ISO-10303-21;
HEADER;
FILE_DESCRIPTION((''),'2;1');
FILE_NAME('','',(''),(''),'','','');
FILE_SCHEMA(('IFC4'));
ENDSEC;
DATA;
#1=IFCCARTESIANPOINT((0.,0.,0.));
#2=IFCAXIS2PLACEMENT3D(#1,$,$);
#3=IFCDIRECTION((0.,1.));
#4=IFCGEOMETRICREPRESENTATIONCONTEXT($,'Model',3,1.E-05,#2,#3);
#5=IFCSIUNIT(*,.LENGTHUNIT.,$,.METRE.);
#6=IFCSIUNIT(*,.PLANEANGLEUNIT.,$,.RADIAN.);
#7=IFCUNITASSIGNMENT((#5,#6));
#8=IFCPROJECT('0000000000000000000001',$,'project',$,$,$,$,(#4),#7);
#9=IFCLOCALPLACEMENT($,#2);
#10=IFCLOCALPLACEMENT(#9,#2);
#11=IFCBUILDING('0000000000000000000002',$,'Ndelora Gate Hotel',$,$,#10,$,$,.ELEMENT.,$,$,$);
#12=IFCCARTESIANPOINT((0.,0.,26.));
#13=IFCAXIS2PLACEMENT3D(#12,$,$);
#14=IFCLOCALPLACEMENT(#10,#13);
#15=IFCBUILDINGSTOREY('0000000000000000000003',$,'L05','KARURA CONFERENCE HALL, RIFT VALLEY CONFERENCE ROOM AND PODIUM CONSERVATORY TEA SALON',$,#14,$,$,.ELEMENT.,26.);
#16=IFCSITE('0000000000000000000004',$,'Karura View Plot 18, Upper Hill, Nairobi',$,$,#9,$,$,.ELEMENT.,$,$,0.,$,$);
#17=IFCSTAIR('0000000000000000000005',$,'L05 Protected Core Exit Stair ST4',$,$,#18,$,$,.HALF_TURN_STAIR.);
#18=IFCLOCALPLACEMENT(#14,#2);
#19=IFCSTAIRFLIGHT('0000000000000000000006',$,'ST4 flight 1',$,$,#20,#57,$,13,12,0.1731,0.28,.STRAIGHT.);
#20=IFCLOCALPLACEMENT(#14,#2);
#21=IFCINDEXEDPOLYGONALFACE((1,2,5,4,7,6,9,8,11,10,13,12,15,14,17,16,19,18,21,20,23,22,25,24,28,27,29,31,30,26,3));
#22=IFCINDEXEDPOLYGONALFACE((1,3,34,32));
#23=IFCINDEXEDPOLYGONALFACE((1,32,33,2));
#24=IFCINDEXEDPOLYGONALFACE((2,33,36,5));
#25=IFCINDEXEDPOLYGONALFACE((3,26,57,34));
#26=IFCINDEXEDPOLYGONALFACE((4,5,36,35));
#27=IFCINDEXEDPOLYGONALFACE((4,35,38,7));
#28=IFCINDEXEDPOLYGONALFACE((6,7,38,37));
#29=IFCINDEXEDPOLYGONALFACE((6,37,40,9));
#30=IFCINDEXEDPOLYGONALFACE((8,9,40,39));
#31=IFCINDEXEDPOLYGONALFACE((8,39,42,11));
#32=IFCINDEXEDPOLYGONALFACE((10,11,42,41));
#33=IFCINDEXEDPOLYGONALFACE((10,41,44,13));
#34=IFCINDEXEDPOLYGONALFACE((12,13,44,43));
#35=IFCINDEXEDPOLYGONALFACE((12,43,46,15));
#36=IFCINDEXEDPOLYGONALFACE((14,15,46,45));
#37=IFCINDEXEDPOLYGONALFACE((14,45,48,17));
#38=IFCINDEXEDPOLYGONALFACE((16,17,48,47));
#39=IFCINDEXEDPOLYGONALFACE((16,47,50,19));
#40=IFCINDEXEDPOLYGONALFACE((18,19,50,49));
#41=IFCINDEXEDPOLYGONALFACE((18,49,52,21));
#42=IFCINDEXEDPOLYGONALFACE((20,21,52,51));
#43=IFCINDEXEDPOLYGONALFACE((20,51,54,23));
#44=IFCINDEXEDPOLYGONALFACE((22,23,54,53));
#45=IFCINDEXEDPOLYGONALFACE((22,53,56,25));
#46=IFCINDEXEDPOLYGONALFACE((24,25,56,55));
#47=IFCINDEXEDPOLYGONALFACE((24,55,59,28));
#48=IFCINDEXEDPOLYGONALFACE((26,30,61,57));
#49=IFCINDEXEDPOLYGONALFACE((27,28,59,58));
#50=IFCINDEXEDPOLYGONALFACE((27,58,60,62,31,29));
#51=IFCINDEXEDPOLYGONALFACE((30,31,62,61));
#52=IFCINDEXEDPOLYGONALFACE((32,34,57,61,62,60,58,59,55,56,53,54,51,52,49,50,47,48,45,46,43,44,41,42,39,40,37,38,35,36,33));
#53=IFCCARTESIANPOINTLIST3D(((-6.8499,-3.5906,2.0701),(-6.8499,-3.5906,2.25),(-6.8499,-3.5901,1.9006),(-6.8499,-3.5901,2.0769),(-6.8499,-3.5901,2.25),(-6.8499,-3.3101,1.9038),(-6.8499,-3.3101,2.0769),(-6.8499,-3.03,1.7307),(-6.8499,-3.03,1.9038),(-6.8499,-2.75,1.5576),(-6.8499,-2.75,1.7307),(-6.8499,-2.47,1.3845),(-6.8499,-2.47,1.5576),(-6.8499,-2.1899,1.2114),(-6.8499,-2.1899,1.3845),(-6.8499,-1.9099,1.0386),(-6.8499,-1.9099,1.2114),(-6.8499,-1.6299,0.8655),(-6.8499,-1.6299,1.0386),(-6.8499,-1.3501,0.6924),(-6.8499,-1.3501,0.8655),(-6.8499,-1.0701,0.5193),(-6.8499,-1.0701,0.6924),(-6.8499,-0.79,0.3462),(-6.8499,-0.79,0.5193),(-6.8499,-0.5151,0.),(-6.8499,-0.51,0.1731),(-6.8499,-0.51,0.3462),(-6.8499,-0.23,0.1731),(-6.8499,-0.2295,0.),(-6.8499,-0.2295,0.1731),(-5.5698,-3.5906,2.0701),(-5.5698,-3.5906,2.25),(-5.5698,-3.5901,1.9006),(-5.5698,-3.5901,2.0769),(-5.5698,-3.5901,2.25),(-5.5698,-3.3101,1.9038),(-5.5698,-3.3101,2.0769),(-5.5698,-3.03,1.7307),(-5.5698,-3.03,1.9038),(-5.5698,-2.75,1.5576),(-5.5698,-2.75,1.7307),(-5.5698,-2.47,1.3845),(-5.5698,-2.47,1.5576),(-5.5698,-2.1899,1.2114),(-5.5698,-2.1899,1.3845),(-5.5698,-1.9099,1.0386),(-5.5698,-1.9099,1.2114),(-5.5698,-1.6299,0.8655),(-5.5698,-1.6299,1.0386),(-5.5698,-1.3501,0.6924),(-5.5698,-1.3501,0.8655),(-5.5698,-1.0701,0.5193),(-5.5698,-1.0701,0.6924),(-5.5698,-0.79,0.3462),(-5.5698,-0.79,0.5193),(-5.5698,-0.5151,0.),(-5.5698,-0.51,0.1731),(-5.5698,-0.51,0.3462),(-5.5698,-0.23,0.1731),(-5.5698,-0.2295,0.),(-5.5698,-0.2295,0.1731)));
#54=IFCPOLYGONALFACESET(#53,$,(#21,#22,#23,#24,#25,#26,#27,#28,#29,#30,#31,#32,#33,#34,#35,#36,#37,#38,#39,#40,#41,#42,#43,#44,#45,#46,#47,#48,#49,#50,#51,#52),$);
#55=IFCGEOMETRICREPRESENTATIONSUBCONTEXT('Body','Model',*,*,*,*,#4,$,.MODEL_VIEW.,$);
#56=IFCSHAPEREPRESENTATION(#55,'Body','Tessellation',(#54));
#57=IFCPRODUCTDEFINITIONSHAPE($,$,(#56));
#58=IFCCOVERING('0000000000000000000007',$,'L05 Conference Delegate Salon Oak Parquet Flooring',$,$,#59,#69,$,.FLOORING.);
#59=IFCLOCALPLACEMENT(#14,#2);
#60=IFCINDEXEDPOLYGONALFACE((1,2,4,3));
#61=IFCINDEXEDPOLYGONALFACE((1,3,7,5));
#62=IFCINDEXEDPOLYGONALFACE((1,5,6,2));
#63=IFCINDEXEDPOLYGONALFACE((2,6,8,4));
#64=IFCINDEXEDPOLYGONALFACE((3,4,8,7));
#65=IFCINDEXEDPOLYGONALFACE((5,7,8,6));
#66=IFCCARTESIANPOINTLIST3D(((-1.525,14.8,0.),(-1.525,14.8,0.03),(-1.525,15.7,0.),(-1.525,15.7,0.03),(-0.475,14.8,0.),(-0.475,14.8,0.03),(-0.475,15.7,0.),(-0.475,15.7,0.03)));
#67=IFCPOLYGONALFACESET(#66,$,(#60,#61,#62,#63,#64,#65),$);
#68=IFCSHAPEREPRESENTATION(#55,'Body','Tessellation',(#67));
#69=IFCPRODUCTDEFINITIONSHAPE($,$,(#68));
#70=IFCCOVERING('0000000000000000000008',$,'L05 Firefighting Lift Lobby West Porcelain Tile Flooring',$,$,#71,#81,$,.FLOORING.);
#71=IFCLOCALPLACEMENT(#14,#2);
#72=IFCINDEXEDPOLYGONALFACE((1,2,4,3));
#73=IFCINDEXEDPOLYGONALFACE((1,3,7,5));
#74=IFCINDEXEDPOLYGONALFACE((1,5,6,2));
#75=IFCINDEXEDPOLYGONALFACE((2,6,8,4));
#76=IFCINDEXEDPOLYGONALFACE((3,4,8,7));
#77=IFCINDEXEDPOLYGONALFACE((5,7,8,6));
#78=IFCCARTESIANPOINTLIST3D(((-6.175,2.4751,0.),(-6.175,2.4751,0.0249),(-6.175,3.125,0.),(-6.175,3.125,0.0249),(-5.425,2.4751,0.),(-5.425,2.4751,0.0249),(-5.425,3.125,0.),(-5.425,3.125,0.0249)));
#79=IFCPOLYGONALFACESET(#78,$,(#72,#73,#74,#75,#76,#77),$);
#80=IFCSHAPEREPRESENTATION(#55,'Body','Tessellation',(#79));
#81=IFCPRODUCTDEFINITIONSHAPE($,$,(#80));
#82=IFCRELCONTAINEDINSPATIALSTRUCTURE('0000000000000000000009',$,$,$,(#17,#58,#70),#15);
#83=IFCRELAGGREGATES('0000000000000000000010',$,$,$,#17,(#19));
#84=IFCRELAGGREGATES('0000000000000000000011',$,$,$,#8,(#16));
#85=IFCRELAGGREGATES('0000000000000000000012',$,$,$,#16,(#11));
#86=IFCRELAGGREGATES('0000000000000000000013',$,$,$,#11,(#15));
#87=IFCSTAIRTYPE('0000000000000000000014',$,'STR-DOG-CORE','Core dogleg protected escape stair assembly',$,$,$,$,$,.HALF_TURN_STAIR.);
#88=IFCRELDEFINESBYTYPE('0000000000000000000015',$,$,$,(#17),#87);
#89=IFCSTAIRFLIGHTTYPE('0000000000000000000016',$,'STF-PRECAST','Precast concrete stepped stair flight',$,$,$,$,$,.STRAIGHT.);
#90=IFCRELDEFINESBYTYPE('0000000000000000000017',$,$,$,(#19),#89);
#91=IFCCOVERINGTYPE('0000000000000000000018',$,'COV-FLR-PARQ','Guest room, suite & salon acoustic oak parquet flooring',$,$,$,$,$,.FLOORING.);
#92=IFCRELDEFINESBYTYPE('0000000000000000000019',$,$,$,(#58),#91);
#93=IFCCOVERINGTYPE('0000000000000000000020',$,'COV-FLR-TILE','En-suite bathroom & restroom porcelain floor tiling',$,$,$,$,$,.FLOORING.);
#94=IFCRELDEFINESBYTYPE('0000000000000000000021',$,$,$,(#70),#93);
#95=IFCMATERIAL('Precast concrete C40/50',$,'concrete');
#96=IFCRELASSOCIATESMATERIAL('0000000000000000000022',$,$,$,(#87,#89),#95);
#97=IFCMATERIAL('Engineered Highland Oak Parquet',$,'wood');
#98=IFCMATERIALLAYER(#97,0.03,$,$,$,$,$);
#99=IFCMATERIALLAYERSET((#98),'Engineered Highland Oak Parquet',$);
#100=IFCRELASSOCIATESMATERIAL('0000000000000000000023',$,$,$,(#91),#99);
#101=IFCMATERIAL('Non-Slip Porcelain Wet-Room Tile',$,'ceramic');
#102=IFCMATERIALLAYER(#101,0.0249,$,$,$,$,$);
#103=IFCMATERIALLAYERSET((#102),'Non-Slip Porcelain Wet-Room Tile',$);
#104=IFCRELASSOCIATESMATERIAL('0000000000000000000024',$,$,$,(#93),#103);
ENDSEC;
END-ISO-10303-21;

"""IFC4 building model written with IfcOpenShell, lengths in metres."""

from ifc_helpers import new_model, si_unit, direction, frame, origin, origin_2d, place, context, subcontext, project, spatial, polyline, rectangle, outline, extrude, material, layer, layer_set, type_object, element, aggregate, save


model = new_model("IFC4")

# Units and contexts
model_context = context("Model", 3, precision=1e-05, world=origin(), true_north=direction((0.0, 1.0)))
body_context = subcontext(model_context, "Body", "Model", "MODEL_VIEW")
ifc_project = project(units=[si_unit("LENGTHUNIT", "METRE"), si_unit("PLANEANGLEUNIT", "RADIAN")], contexts=[model_context])

# Site, building, storey
site_placement = place(None, origin())
site = spatial("IfcSite", under=ifc_project, at=site_placement, Name="Karura View Plot 18, Upper Hill, Nairobi", CompositionType="ELEMENT", RefElevation=0.0)
building_placement = place(site_placement, origin())
building = spatial("IfcBuilding", under=site, at=building_placement, Name="Ndelora Gate Hotel", CompositionType="ELEMENT")
storey_placement = place(building_placement, frame((0.0, 0.0, 26.0)))
storey = spatial("IfcBuildingStorey", under=building, at=storey_placement, Name="L05", Description="KARURA CONFERENCE HALL, RIFT VALLEY CONFERENCE ROOM AND PODIUM CONSERVATORY TEA SALON", CompositionType="ELEMENT", Elevation=26.0)

# Stair, stair flight
ifc_material_1 = material(Name="Precast concrete C40/50", Category="concrete")
stair_type = type_object("IfcStairType", Name="STR-DOG-CORE", Description="Core dogleg protected escape stair assembly", PredefinedType="HALF_TURN_STAIR", material=ifc_material_1)
stair_placement = place(storey_placement, origin())
stair = element("IfcStair", 1, at=stair_placement, inside=storey, type_object=stair_type, Name="L05 Protected Core Exit Stair ST4", PredefinedType="HALF_TURN_STAIR")
stair_flight_type = type_object("IfcStairFlightType", Name="STF-PRECAST", Description="Precast concrete stepped stair flight", PredefinedType="STRAIGHT", material=ifc_material_1)
stair_flight_placement = place(storey_placement, frame((-6.21, -0.23, 0.0), z_axis=(0.0, 0.0, 1.0), x_axis=(0.0, -1.0, 0.0)))
stair_flight = element("IfcStairFlight", 2, at=stair_flight_placement, type_object=stair_flight_type, Name="ST4 flight 1", NumberOfRisers=13, NumberOfTreads=12, PredefinedType="STRAIGHT", RiserHeight=0.1731, TreadLength=0.28, context=body_context, shape_type="SweptSolid", body=[
    extrude(outline(polyline([(-0.0005, 0.0), (-0.0005, 0.1731), (0.0, 0.1731), (0.28, 0.1731), (0.28, 0.3462), (0.5601, 0.3462), (0.5601, 0.5193), (0.8401, 0.5193), (0.8401, 0.6924), (1.1201, 0.6924), (1.1201, 0.8655), (1.3999, 0.8655), (1.3999, 1.0386), (1.6799, 1.0386), (1.6799, 1.2114), (1.96, 1.2114), (1.96, 1.3845), (2.24, 1.3845), (2.24, 1.5576), (2.52, 1.5576), (2.52, 1.7307), (2.8, 1.7307), (2.8, 1.9038), (3.0801, 1.9038), (3.0801, 2.0769), (3.3601, 2.0769), (3.3601, 2.25), (3.3606, 2.25), (3.3606, 2.0701), (3.3601, 1.9006), (0.2852, 0.0), (-0.0005, 0.0)])), frame((0.0, 0.6401, 0.0), z_axis=(0.0, -1.0, 0.0), x_axis=(1.0, 0.0, 0.0)), (0.0, 0.0, 1.0), 1.28),
])
aggregate(stair, [stair_flight])

# Coverings
ifc_material_2 = material(Name="Engineered Highland Oak Parquet", Category="wood")
ifc_layer_1 = layer(ifc_material_2, 0.03)
ifc_layer_set_1 = layer_set([ifc_layer_1], Name="Engineered Highland Oak Parquet")
covering_type_1 = type_object("IfcCoveringType", Name="COV-FLR-PARQ", Description="Guest room, suite & salon acoustic oak parquet flooring", PredefinedType="FLOORING", material=ifc_layer_set_1)
covering_1_placement = place(storey_placement, frame((-1.0, 15.25, 0.0), z_axis=(0.0, 0.0, 1.0), x_axis=(1.0, 0.0, 0.0)))
element("IfcCovering", 3, at=covering_1_placement, inside=storey, type_object=covering_type_1, Name="L05 Conference Delegate Salon Oak Parquet Flooring", PredefinedType="FLOORING", context=body_context, shape_type="SweptSolid", body=[
    extrude(rectangle(XDim=1.05, YDim=0.8999, at=origin_2d()), origin(), (0.0, 0.0, 1.0), 0.03),
])
ifc_material_3 = material(Name="Non-Slip Porcelain Wet-Room Tile", Category="ceramic")
ifc_layer_2 = layer(ifc_material_3, 0.0249)
ifc_layer_set_2 = layer_set([ifc_layer_2], Name="Non-Slip Porcelain Wet-Room Tile")
covering_type_2 = type_object("IfcCoveringType", Name="COV-FLR-TILE", Description="En-suite bathroom & restroom porcelain floor tiling", PredefinedType="FLOORING", material=ifc_layer_set_2)
covering_2_placement = place(storey_placement, frame((-5.8, 2.8, 0.0), z_axis=(0.0, 0.0, 1.0), x_axis=(1.0, 0.0, 0.0)))
element("IfcCovering", 4, at=covering_2_placement, inside=storey, type_object=covering_type_2, Name="L05 Firefighting Lift Lobby West Porcelain Tile Flooring", PredefinedType="FLOORING", context=body_context, shape_type="SweptSolid", body=[
    extrude(rectangle(XDim=0.75, YDim=0.6499, at=origin_2d()), origin(), (0.0, 0.0, 1.0), 0.0249),
])

save(model, "model.ifc")
